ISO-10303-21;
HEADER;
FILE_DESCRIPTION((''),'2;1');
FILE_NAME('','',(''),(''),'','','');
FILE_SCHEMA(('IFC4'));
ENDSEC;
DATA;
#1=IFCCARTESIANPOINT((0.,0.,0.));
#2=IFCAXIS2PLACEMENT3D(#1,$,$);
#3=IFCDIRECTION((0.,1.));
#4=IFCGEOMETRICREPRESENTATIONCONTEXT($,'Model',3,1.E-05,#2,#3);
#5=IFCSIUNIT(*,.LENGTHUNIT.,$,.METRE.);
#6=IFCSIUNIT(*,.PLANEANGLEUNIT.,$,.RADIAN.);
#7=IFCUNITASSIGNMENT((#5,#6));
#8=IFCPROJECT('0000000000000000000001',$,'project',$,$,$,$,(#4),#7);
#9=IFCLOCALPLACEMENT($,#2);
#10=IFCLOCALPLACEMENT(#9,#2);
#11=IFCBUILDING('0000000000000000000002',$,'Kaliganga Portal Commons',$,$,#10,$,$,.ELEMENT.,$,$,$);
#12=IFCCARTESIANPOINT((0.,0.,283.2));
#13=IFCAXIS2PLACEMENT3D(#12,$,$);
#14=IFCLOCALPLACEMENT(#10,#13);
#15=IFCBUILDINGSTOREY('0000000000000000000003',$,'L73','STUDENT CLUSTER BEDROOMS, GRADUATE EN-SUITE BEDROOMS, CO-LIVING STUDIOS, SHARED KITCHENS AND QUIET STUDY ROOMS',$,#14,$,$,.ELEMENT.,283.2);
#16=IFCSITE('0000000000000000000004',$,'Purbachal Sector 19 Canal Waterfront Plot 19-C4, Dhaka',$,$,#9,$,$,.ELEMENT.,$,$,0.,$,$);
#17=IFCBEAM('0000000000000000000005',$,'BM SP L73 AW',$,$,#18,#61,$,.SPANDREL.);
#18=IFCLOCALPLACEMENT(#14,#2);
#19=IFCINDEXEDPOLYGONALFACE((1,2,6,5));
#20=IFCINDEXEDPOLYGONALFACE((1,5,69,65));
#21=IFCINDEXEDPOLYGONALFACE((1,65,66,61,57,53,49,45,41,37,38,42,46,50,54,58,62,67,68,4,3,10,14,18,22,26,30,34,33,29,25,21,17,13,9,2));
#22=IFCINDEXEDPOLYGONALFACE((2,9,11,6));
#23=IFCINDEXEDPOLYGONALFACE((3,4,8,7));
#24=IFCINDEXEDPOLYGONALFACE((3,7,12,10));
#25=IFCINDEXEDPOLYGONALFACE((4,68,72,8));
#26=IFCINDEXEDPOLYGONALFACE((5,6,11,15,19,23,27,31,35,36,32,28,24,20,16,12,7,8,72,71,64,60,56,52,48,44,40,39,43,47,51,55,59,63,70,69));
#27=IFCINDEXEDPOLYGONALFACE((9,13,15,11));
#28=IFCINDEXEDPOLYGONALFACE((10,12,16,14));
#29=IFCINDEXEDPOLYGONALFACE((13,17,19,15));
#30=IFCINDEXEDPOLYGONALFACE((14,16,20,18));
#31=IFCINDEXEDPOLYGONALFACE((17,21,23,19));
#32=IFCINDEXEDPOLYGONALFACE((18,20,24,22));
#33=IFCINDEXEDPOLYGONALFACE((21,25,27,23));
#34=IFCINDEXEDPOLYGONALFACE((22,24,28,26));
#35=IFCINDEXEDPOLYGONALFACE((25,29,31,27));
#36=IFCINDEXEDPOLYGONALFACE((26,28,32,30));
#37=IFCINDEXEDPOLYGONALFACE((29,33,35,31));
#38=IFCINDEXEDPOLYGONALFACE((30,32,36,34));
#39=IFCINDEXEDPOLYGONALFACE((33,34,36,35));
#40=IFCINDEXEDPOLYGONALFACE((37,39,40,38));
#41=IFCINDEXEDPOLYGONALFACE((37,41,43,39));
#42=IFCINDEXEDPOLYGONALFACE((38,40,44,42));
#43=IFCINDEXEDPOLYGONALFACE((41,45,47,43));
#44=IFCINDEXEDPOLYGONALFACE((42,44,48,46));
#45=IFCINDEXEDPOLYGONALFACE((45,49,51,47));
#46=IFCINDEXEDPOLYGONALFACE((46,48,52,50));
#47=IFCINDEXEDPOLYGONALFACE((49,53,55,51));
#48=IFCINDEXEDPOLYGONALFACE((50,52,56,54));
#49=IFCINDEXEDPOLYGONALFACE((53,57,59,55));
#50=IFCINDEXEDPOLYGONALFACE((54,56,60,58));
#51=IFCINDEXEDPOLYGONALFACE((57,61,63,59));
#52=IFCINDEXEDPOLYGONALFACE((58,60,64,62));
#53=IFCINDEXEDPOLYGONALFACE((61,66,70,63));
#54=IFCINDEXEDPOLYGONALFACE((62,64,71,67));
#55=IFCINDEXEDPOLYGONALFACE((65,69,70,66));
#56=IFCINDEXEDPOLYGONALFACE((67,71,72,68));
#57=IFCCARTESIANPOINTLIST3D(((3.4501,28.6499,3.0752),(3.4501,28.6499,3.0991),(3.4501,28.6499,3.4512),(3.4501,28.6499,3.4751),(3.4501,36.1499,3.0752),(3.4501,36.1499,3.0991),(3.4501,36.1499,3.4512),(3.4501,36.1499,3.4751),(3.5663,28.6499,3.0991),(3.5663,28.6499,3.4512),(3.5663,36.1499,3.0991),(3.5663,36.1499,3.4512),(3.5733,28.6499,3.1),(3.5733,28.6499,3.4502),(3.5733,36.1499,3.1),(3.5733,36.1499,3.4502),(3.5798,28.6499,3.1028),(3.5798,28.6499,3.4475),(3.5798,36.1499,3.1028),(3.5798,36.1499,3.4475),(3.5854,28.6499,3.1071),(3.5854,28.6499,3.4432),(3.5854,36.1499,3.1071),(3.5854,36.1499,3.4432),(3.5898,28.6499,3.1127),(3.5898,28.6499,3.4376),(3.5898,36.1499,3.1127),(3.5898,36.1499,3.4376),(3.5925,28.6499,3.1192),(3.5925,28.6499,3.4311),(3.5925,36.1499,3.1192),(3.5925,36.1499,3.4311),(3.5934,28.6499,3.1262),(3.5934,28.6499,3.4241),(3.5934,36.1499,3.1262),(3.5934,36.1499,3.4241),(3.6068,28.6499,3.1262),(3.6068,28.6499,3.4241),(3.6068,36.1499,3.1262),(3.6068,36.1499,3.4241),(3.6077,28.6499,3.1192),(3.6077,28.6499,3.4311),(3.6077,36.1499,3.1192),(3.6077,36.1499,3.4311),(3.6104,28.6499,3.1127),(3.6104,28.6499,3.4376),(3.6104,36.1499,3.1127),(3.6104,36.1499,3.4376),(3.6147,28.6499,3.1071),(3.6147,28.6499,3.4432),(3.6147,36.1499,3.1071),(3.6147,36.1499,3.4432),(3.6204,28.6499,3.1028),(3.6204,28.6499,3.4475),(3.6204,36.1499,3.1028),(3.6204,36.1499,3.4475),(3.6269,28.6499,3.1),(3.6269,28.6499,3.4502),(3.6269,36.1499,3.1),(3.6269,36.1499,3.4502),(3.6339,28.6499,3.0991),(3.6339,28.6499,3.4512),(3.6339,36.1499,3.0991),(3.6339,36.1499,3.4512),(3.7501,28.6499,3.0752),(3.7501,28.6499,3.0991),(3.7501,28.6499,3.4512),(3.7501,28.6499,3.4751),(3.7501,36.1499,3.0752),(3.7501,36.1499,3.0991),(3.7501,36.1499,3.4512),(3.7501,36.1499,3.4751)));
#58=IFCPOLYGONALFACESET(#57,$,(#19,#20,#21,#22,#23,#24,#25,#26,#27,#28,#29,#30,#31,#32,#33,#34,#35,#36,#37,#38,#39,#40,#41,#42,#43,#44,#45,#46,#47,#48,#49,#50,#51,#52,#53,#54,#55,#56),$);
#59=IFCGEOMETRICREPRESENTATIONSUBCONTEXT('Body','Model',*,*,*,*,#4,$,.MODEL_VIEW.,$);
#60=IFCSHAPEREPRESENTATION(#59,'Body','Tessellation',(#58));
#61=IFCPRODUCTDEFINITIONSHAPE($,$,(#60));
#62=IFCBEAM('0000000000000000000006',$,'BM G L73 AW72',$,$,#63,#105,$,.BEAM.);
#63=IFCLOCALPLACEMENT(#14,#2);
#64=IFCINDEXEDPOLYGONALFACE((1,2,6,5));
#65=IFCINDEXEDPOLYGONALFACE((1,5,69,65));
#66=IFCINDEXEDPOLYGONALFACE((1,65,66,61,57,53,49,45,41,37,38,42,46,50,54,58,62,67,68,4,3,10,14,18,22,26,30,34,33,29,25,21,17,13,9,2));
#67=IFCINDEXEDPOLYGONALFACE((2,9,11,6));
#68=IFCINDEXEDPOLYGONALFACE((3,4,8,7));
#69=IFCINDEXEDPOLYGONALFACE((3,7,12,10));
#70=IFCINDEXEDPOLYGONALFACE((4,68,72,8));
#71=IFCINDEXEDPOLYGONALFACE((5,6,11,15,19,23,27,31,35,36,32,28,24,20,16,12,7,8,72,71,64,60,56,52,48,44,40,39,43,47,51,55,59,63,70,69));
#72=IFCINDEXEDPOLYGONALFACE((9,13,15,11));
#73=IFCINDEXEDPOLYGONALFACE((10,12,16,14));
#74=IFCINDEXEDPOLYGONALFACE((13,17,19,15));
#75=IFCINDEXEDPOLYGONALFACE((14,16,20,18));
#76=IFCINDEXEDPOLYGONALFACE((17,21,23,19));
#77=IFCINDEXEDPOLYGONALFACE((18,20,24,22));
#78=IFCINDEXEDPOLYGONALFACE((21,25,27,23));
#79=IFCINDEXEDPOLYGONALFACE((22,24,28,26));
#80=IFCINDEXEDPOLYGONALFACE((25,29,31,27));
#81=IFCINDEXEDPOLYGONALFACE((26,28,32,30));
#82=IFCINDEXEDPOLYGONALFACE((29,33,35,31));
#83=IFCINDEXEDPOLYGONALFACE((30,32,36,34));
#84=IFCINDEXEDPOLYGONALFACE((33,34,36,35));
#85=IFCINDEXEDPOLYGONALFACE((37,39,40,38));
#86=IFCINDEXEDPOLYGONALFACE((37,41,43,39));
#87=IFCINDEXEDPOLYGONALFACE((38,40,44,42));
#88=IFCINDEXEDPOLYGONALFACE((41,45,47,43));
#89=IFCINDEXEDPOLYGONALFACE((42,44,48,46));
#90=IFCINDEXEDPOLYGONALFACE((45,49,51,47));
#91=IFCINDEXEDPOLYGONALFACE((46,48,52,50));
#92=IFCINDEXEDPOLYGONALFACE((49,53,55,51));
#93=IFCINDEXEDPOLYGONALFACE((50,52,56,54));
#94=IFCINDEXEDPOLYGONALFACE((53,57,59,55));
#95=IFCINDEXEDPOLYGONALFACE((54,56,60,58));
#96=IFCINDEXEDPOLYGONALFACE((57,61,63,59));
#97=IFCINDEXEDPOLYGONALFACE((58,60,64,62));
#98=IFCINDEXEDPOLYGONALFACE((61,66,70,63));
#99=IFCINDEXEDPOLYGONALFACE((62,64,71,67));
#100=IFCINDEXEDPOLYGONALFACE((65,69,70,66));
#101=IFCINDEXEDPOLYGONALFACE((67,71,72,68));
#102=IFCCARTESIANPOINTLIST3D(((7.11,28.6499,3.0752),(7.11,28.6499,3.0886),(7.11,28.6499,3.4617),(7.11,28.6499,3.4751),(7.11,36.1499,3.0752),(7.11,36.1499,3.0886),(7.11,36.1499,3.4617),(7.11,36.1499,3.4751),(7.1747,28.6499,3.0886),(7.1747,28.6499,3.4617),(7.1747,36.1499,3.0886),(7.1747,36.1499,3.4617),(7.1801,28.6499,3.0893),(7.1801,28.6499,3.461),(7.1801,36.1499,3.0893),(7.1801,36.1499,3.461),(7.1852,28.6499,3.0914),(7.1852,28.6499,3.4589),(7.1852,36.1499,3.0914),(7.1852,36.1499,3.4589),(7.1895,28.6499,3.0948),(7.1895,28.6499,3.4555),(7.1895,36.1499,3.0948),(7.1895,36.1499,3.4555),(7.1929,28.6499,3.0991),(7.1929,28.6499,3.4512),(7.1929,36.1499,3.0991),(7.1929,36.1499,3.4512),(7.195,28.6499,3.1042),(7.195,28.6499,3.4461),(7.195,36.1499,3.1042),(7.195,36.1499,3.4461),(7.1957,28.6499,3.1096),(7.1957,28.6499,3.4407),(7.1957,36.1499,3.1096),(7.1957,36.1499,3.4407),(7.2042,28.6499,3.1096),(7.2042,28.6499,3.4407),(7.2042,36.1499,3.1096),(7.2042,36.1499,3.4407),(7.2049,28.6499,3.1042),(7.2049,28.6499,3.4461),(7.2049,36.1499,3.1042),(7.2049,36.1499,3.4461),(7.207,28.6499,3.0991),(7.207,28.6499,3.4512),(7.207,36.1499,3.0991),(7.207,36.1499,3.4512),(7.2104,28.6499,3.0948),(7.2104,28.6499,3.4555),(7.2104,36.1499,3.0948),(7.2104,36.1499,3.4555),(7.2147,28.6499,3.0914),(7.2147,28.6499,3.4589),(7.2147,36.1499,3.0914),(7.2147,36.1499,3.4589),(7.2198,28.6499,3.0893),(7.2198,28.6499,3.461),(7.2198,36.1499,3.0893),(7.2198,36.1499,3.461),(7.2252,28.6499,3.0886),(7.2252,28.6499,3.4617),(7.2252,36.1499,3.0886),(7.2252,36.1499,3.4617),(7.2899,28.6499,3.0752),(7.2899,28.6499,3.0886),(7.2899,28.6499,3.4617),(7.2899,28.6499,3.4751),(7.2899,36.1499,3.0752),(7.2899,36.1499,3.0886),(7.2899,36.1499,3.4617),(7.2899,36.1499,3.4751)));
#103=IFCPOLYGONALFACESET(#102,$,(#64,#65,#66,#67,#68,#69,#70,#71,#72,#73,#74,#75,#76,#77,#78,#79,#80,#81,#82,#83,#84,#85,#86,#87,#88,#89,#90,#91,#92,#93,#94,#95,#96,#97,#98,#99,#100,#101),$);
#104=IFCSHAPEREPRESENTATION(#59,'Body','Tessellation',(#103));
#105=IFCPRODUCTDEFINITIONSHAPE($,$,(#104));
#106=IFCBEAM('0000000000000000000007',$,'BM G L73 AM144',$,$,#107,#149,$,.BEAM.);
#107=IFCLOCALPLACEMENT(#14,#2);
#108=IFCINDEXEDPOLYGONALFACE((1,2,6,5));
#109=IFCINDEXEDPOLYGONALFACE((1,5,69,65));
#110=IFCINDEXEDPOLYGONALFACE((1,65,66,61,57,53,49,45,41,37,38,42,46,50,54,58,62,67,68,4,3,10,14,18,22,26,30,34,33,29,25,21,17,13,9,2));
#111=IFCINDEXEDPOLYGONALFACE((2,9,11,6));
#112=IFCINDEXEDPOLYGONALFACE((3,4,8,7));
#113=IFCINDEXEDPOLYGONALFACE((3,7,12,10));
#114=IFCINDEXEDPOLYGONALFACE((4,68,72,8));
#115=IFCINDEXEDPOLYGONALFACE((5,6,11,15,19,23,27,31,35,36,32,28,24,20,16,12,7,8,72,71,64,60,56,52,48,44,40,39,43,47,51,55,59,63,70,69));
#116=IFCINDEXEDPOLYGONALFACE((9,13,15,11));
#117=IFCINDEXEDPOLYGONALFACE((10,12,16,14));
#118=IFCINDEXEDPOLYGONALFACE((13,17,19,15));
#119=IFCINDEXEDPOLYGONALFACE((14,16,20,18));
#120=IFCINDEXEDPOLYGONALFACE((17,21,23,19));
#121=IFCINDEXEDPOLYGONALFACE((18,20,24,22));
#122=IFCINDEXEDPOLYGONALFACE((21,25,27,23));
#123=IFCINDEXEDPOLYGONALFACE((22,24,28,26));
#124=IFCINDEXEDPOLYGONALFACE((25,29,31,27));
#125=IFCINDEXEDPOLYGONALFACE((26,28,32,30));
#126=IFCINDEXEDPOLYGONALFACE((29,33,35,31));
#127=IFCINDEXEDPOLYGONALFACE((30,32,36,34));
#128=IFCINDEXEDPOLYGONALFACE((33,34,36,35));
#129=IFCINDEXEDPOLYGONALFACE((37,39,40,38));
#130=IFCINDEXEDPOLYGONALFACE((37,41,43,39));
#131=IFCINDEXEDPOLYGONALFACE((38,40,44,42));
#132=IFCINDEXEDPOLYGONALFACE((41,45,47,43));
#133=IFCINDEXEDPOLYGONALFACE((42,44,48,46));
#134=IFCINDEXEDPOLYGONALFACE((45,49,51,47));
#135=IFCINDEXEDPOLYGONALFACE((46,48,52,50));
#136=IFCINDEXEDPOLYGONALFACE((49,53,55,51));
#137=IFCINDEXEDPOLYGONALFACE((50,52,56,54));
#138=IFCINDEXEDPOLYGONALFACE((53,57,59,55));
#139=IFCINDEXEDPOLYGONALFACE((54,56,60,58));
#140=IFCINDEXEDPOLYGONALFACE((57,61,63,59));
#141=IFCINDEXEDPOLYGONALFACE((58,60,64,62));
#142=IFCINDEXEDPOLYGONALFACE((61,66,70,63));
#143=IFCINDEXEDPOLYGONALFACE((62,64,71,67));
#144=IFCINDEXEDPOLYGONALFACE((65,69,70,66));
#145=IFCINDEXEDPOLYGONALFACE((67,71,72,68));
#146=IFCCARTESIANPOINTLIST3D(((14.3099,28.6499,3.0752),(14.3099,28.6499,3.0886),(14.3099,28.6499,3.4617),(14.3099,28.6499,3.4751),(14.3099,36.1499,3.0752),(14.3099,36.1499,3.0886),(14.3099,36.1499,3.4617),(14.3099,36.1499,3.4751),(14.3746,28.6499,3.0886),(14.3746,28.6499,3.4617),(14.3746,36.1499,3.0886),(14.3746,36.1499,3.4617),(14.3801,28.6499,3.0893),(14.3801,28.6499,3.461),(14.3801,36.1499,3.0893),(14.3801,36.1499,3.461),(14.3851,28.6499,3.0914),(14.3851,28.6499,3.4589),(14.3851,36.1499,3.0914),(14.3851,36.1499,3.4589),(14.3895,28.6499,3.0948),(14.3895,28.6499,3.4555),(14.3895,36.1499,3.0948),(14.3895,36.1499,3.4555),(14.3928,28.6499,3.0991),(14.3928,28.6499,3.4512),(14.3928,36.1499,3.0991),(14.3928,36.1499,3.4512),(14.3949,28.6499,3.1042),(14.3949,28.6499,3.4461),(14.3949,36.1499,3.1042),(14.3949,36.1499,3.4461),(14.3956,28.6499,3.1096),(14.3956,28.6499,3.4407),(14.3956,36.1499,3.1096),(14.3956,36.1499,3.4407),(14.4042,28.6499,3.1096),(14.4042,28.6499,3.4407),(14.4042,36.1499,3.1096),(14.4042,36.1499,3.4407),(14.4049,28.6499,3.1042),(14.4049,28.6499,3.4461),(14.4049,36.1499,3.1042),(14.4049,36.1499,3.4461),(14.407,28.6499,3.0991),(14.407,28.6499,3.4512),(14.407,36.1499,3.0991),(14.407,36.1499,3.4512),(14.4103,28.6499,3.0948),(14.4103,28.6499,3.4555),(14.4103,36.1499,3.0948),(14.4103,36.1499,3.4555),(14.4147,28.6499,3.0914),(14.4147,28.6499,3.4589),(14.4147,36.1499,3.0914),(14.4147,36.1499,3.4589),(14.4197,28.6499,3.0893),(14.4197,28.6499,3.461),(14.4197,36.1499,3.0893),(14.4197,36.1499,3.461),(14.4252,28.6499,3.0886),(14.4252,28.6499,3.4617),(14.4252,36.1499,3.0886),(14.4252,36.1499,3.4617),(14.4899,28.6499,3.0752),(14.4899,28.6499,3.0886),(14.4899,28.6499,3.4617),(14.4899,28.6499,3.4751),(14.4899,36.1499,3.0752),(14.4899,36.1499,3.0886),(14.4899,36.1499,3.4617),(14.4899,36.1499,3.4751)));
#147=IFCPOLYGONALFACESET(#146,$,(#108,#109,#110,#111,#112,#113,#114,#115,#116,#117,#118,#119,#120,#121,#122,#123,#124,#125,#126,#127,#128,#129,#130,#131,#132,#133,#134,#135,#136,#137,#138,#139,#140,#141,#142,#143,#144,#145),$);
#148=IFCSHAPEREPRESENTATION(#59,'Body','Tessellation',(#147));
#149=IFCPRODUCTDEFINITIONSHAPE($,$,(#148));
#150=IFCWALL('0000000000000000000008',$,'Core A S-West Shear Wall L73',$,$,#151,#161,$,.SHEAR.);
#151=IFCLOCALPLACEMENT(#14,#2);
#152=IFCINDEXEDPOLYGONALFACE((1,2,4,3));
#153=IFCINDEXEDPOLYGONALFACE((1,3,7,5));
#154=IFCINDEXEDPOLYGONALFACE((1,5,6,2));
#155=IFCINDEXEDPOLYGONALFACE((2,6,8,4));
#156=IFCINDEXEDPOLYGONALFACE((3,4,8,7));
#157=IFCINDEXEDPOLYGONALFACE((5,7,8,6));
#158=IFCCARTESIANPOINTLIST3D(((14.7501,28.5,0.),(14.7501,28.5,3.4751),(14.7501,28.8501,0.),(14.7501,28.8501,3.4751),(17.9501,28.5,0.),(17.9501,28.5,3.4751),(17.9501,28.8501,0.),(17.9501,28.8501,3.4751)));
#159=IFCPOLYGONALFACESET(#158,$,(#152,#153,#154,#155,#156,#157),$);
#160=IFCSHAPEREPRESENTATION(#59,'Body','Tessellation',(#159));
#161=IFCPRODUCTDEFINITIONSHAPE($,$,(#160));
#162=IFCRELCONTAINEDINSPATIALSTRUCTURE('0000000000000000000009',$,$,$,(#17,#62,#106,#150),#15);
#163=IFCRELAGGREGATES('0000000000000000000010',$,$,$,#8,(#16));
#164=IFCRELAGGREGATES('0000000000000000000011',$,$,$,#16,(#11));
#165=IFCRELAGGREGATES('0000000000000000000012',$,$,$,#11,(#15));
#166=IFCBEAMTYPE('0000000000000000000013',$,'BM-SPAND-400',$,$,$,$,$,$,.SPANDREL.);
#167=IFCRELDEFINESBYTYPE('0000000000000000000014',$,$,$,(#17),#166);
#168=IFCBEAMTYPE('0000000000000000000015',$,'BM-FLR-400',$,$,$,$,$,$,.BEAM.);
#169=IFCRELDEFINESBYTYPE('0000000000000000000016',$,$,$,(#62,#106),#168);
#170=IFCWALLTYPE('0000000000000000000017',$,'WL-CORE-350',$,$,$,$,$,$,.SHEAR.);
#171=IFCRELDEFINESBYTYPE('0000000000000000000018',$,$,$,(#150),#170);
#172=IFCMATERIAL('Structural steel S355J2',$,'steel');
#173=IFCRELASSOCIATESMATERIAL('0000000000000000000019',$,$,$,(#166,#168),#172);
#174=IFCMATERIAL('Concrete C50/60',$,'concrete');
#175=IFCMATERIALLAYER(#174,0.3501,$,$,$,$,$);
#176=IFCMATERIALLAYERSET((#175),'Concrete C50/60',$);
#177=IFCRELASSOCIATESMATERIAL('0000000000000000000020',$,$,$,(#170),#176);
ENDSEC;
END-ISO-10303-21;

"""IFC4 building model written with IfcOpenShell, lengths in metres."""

from ifc_helpers import new_model, si_unit, direction, frame, frame_2d, origin, origin_2d, place, context, subcontext, project, spatial, rectangle, i_section, extrude, source, transform, mapped, material, layer, layer_set, material_profile, profile_set, type_object, element, save


model = new_model("IFC4")

# Units and contexts
model_context = context("Model", 3, precision=1e-05, world=origin(), true_north=direction((0.0, 1.0)))
body_context = subcontext(model_context, "Body", "Model", "MODEL_VIEW")
ifc_project = project(units=[si_unit("LENGTHUNIT", "METRE"), si_unit("PLANEANGLEUNIT", "RADIAN")], contexts=[model_context])

# Site, building, storey
site_placement = place(None, origin())
site = spatial("IfcSite", under=ifc_project, at=site_placement, Name="Purbachal Sector 19 Canal Waterfront Plot 19-C4, Dhaka", CompositionType="ELEMENT", RefElevation=0.0)
building_placement = place(site_placement, origin())
building = spatial("IfcBuilding", under=site, at=building_placement, Name="Kaliganga Portal Commons", CompositionType="ELEMENT")
storey_placement = place(building_placement, frame((0.0, 0.0, 283.2)))
storey = spatial("IfcBuildingStorey", under=building, at=storey_placement, Name="L73", Description="STUDENT CLUSTER BEDROOMS, GRADUATE EN-SUITE BEDROOMS, CO-LIVING STUDIOS, SHARED KITCHENS AND QUIET STUDY ROOMS", CompositionType="ELEMENT", Elevation=283.2)

# Shared definitions
ifc_material_1 = material(Name="Concrete C50/60", Category="concrete")
ifc_material_2 = material(Name="Structural steel S355J2", Category="steel")

# Beams
ifc_material_profile_1 = material_profile(ifc_material_2, i_section(OverallWidth=0.3, OverallDepth=0.3999, WebThickness=0.0134, FlangeThickness=0.0239, FilletRadius=0.0271, at=origin_2d()), Name="HE 400 B")
ifc_profile_set_1 = profile_set([ifc_material_profile_1], Name="Structural steel S355J2 wide-flange")
beam_type_1 = type_object("IfcBeamType", Name="BM-SPAND-400", PredefinedType="SPANDREL", material=ifc_profile_set_1)
shared_shape_1 = source(origin(), body_context, "Body", "SweptSolid", [
    extrude(i_section(OverallWidth=0.3, OverallDepth=0.3999, WebThickness=0.0134, FlangeThickness=0.0239, FilletRadius=0.0271, at=origin_2d()), origin(), (0.0, 0.0, 1.0), 7.5),
])
beam_1_placement = place(storey_placement, frame((3.6001, 28.6499, 3.2751), z_axis=(0.0, 1.0, 0.0), x_axis=(-1.0, 0.0, 0.0)))
element("IfcBeam", 1, at=beam_1_placement, inside=storey, type_object=beam_type_1, Name="BM SP L73 AW", PredefinedType="SPANDREL", context=body_context, shape_type="MappedRepresentation", body=[
    mapped(shared_shape_1, transform((0.0, 0.0, 0.0), x_axis=(1.0, 0.0, 0.0), y_axis=(0.0, 1.0, 0.0), z_axis=(0.0, 0.0, 1.0), scale=1.0)),
])
ifc_material_profile_2 = material_profile(ifc_material_2, i_section(OverallWidth=0.1799, OverallDepth=0.3999, WebThickness=0.0085, FlangeThickness=0.0134, FilletRadius=0.021, at=origin_2d()), Name="IPE 400")
ifc_profile_set_2 = profile_set([ifc_material_profile_2], Name="Structural steel S355J2 wide-flange")
beam_type_2 = type_object("IfcBeamType", Name="BM-FLR-400", PredefinedType="BEAM", material=ifc_profile_set_2)
shared_shape_2 = source(origin(), body_context, "Body", "SweptSolid", [
    extrude(i_section(OverallWidth=0.1799, OverallDepth=0.3999, WebThickness=0.0085, FlangeThickness=0.0134, FilletRadius=0.021, at=origin_2d()), origin(), (0.0, 0.0, 1.0), 7.5),
])
for number, where, z_axis, x_axis, name in (
    (2, (7.2, 28.6499, 3.2751), (0.0, 1.0, 0.0), (-1.0, 0.0, 0.0), "BM G L73 AW72"),
    (3, (14.3999, 28.6499, 3.2751), (0.0, 1.0, 0.0), (-1.0, 0.0, 0.0), "BM G L73 AM144"),
):
    element("IfcBeam", number, at=place(storey_placement, frame(where, z_axis=z_axis, x_axis=x_axis)), inside=storey, type_object=beam_type_2, Name=name, PredefinedType="BEAM", context=body_context, shape_type="MappedRepresentation", body=[
        mapped(shared_shape_2, transform((0.0, 0.0, 0.0), x_axis=(1.0, 0.0, 0.0), y_axis=(0.0, 1.0, 0.0), z_axis=(0.0, 0.0, 1.0), scale=1.0)),
    ])

# Wall
ifc_layer_1 = layer(ifc_material_1, 0.3501)
ifc_layer_set_1 = layer_set([ifc_layer_1], Name="Concrete C50/60")
wall_type_1 = type_object("IfcWallType", Name="WL-CORE-350", PredefinedType="SHEAR", material=ifc_layer_set_1)
wall_1_placement = place(storey_placement, frame((14.75, 28.675, 0.0), z_axis=(0.0, 0.0, 1.0), x_axis=(1.0, 0.0, 0.0)))
element("IfcWall", 4, at=wall_1_placement, inside=storey, type_object=wall_type_1, Name="Core A S-West Shear Wall L73", PredefinedType="SHEAR", context=body_context, shape_type="SweptSolid", body=[
    extrude(rectangle(XDim=3.2, YDim=0.3501, at=frame_2d((1.6001, 0.0))), origin(), (0.0, 0.0, 1.0), 3.4751),
])

save(model, "model.ifc")
